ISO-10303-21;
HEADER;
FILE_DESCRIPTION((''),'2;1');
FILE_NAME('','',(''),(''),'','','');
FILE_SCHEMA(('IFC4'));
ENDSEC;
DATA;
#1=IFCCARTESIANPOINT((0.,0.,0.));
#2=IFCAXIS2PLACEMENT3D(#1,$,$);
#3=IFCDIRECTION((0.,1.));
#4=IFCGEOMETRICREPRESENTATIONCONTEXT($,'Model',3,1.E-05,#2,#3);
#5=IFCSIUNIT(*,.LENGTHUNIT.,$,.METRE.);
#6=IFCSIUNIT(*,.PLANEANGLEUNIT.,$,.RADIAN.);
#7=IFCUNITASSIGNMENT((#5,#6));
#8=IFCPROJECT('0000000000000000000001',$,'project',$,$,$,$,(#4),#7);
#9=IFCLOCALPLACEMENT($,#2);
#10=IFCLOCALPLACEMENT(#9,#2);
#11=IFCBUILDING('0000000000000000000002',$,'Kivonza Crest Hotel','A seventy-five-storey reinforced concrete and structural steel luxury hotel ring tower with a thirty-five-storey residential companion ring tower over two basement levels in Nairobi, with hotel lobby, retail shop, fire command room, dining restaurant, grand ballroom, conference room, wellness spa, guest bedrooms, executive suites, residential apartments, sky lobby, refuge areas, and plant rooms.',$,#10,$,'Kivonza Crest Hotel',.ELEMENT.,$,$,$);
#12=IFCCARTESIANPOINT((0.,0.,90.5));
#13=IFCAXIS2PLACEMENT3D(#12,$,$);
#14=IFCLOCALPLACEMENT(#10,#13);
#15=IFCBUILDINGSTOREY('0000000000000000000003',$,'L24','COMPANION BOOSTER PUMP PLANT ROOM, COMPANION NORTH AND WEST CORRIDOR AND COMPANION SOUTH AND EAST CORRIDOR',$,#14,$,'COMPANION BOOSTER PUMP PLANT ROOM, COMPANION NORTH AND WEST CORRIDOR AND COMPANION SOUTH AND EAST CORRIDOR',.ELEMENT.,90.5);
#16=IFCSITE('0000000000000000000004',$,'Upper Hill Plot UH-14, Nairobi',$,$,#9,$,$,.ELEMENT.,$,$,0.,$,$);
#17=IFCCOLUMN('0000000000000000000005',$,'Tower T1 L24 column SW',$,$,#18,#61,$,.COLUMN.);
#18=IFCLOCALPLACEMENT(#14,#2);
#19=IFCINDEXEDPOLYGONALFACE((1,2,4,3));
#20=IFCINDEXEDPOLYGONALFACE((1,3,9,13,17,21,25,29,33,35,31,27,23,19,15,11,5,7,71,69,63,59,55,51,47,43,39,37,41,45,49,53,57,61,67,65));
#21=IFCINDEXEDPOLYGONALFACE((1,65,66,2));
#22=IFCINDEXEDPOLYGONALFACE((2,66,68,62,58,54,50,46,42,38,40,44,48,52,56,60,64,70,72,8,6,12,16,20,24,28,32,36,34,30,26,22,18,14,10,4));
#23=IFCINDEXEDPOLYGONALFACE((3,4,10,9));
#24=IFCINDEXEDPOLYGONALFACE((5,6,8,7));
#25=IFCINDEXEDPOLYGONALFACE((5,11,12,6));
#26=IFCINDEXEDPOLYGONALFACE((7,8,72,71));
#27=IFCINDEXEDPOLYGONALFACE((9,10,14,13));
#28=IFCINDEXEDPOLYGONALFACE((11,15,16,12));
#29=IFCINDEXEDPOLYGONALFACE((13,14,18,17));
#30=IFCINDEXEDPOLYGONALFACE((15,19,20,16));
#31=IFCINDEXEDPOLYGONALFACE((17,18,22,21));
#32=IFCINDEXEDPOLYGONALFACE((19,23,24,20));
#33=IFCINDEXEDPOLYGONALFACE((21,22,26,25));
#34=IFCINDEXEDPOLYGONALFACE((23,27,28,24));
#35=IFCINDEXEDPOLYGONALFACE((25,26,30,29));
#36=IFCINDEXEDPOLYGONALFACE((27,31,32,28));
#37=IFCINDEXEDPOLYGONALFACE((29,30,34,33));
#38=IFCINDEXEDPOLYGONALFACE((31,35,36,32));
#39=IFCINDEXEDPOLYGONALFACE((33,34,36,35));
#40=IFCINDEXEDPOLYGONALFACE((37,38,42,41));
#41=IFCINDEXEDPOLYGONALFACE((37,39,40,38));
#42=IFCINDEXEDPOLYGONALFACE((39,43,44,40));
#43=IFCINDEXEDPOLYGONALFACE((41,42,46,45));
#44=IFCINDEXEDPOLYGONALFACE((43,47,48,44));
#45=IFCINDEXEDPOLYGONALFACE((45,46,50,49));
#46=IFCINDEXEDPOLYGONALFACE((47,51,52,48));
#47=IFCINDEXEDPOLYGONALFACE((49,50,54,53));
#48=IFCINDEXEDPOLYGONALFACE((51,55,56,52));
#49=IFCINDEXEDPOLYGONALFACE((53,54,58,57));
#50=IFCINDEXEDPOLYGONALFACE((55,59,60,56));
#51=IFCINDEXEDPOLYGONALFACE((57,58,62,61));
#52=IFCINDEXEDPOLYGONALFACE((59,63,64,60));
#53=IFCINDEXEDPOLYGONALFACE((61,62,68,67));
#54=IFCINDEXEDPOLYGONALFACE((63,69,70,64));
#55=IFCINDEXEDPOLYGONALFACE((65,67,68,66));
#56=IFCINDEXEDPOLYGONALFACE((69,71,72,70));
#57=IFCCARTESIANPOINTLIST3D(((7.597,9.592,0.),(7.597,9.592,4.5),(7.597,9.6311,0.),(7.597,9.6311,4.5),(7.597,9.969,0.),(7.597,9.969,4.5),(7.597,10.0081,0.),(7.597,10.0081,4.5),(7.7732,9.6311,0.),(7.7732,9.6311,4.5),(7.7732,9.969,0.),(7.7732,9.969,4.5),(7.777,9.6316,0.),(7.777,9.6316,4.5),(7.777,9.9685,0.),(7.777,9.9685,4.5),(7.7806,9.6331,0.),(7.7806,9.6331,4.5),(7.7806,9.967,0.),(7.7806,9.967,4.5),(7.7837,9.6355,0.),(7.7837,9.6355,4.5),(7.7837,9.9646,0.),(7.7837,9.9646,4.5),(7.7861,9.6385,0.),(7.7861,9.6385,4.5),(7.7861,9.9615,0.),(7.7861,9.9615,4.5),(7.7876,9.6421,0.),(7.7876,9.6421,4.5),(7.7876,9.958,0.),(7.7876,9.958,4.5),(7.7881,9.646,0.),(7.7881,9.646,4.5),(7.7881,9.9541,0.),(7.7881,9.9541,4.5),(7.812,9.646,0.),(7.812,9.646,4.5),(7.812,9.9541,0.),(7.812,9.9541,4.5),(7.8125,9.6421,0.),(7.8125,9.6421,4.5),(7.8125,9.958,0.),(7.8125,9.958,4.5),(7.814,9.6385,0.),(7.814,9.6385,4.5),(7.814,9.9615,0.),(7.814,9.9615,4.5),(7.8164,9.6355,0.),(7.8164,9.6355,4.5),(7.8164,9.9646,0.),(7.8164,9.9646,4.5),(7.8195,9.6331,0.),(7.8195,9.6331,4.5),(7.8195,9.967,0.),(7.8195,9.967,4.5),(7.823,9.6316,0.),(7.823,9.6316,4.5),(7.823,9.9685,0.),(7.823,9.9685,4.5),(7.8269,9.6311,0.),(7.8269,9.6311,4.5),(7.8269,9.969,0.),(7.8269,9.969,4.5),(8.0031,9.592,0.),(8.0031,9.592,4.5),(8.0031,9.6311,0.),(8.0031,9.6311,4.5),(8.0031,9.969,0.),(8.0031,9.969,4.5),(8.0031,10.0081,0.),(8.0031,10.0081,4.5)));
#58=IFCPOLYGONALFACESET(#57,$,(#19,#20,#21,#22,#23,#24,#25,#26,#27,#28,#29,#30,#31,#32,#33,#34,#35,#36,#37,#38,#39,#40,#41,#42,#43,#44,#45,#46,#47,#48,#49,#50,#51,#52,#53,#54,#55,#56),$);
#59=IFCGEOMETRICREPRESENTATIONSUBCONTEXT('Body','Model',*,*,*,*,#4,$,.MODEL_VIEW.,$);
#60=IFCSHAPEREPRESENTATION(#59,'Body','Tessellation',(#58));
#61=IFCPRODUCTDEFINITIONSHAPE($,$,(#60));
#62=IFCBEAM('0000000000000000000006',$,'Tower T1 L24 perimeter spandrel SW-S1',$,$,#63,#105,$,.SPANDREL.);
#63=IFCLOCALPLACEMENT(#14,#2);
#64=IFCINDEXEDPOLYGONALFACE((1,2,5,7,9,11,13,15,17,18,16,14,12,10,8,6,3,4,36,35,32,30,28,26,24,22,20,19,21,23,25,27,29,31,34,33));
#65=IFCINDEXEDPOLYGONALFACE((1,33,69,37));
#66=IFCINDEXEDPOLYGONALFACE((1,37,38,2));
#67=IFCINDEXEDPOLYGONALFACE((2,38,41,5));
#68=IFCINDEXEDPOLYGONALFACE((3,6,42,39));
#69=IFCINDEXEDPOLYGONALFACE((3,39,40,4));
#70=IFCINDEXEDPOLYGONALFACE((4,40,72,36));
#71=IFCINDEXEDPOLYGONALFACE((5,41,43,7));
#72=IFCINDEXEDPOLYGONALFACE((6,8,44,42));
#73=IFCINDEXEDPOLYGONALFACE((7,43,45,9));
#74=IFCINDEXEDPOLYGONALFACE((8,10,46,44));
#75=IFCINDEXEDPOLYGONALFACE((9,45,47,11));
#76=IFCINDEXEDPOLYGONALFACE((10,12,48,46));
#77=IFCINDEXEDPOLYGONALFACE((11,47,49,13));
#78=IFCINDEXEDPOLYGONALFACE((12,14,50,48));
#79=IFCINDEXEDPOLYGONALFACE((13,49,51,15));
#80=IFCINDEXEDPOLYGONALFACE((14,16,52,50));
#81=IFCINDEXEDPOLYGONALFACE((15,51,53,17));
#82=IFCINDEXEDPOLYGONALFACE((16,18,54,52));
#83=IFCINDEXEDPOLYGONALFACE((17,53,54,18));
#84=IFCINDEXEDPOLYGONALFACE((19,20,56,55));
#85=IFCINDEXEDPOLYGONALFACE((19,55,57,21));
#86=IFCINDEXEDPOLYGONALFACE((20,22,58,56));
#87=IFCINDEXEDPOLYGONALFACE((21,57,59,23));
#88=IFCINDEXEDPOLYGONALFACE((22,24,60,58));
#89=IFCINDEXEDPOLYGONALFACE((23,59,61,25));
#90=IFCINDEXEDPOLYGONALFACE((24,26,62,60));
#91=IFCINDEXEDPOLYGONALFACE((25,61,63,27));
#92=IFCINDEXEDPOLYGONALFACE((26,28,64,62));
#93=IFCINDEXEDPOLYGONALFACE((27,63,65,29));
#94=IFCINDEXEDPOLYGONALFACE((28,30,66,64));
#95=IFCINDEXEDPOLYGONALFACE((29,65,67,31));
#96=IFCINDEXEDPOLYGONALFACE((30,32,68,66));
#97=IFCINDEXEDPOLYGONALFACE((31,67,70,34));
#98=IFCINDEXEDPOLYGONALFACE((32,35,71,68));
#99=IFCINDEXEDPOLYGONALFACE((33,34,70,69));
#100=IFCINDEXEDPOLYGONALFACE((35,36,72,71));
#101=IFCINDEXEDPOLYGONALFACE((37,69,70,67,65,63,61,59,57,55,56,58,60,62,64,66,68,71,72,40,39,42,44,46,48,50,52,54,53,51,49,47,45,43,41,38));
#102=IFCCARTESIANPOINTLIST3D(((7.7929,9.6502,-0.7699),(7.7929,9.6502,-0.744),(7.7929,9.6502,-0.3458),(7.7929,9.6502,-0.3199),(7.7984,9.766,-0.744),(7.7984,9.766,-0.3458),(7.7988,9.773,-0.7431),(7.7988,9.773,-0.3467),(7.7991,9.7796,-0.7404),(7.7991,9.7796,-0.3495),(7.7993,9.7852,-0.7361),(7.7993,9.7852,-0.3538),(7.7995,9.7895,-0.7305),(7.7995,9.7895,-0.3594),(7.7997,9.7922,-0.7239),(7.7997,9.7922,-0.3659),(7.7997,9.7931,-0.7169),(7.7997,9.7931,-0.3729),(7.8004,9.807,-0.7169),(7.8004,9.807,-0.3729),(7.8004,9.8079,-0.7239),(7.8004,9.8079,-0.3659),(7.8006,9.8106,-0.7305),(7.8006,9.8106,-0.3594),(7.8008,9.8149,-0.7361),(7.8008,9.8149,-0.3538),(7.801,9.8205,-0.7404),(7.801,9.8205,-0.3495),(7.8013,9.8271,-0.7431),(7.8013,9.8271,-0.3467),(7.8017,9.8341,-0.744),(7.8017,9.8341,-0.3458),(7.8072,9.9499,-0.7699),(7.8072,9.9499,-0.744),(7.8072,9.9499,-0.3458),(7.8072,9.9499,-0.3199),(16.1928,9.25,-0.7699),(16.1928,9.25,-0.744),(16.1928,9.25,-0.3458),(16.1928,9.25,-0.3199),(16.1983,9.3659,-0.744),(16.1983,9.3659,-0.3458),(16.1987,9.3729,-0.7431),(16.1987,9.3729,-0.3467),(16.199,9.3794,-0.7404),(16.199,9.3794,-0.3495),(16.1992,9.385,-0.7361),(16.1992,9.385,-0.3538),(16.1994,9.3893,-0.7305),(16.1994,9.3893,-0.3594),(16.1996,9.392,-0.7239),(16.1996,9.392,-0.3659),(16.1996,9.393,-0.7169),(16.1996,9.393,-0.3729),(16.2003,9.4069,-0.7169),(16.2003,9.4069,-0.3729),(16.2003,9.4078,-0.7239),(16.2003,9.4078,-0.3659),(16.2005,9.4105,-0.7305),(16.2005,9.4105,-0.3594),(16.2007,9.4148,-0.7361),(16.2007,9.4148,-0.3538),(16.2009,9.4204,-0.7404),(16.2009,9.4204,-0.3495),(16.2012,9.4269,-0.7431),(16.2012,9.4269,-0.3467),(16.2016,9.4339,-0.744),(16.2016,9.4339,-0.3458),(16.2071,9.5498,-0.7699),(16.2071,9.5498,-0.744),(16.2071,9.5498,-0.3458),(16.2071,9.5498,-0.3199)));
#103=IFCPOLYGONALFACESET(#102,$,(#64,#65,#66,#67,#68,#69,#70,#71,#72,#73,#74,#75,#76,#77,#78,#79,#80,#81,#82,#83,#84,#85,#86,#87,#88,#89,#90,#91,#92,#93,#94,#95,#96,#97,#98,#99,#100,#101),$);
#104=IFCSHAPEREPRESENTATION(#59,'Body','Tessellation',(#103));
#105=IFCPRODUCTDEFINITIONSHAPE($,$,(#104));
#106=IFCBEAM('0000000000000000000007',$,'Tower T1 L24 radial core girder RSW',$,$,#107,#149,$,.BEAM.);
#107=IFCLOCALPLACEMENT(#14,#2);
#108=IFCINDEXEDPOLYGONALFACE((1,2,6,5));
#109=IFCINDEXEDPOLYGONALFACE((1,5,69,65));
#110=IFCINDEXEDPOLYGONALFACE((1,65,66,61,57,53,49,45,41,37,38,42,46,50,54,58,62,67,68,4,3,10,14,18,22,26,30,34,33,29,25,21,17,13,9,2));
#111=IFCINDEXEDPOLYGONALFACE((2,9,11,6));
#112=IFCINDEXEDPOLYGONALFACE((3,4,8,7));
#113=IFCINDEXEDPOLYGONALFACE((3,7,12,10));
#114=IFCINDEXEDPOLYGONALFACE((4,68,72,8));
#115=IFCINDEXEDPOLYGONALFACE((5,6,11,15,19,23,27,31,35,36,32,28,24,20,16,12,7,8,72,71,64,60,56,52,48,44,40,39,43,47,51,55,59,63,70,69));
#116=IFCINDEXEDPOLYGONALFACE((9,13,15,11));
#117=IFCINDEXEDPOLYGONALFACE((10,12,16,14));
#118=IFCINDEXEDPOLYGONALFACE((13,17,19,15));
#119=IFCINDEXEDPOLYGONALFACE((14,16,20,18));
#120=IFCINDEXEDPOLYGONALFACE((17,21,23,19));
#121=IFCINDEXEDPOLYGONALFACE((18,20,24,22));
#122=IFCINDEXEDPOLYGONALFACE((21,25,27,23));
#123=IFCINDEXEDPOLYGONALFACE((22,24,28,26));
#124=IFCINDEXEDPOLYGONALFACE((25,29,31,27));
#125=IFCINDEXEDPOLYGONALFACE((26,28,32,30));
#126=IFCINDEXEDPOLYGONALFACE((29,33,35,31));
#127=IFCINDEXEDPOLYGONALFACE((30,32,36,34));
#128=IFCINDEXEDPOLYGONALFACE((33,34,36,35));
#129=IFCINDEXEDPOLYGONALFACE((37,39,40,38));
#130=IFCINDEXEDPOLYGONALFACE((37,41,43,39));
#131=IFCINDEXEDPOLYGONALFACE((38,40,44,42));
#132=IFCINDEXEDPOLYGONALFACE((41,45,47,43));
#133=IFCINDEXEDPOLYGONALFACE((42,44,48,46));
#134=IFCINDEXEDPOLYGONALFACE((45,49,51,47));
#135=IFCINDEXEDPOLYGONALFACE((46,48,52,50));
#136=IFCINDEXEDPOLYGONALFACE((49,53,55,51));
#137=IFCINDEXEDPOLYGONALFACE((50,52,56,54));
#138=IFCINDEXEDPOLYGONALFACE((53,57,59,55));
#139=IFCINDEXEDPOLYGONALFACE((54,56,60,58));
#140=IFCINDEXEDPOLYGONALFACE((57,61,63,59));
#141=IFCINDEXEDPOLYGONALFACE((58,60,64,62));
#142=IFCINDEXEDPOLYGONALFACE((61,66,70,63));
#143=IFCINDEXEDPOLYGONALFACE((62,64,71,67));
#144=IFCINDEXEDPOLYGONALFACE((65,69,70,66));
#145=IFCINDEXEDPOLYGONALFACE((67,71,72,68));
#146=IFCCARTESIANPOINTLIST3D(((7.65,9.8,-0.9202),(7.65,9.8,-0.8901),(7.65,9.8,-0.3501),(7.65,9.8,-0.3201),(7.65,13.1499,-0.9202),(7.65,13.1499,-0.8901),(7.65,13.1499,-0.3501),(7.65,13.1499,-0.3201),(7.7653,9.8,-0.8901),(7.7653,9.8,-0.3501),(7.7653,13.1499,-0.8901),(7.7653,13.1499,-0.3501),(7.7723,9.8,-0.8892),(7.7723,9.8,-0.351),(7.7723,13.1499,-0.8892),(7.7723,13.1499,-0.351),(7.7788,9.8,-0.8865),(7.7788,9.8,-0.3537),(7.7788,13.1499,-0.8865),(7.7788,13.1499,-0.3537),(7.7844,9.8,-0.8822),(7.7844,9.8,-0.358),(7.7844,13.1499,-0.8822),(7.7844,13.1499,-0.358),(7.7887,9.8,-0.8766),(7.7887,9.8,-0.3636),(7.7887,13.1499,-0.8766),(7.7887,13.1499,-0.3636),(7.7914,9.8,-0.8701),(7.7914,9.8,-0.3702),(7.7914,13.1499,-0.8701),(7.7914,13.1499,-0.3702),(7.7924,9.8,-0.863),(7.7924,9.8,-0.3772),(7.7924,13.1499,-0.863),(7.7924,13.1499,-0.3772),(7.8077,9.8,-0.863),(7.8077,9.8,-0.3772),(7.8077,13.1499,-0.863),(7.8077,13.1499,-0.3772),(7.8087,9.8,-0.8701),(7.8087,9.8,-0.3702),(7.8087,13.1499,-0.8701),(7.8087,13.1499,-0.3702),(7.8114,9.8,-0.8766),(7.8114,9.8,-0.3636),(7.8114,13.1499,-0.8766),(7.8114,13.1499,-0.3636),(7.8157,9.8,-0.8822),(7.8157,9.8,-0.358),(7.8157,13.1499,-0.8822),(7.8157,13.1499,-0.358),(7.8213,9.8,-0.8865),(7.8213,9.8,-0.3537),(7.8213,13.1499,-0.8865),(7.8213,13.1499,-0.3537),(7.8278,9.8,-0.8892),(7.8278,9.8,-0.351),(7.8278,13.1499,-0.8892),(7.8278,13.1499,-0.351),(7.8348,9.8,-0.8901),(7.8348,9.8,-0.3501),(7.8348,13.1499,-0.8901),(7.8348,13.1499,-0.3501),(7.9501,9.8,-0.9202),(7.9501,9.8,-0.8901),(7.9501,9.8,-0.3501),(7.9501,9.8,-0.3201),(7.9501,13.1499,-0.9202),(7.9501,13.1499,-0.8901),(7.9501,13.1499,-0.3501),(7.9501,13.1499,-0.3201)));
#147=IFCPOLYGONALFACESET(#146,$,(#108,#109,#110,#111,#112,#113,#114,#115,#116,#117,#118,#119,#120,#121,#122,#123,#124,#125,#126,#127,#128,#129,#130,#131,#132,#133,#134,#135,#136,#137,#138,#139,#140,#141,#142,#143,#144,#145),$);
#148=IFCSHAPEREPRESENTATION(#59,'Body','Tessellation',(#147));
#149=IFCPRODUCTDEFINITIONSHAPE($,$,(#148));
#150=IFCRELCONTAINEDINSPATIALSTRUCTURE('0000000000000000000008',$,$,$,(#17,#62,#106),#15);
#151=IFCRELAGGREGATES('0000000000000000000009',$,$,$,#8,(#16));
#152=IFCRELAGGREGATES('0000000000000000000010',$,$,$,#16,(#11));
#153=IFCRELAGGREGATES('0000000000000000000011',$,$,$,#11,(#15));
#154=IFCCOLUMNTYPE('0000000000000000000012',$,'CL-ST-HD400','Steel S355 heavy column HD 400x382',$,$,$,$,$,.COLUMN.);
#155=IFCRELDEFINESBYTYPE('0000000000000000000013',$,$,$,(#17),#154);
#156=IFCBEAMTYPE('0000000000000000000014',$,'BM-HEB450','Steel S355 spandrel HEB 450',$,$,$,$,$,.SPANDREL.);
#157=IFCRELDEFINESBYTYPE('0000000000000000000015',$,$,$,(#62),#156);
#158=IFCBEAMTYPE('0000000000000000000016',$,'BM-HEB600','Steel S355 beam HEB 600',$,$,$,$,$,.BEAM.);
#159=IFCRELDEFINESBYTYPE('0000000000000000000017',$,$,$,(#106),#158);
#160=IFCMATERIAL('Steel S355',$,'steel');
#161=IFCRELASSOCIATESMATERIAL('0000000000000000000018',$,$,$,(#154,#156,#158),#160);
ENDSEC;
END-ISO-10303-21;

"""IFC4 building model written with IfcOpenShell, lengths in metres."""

from ifc_helpers import new_model, si_unit, direction, frame, origin, origin_2d, place, context, subcontext, project, spatial, i_section, extrude, material, material_profile, profile_set, type_object, element, save


model = new_model("IFC4")

# Units and contexts
model_context = context("Model", 3, precision=1e-05, world=origin(), true_north=direction((0.0, 1.0)))
body_context = subcontext(model_context, "Body", "Model", "MODEL_VIEW")
ifc_project = project(units=[si_unit("LENGTHUNIT", "METRE"), si_unit("PLANEANGLEUNIT", "RADIAN")], contexts=[model_context])

# Site, building, storey
site_placement = place(None, origin())
site = spatial("IfcSite", under=ifc_project, at=site_placement, Name="Upper Hill Plot UH-14, Nairobi", CompositionType="ELEMENT", RefElevation=0.0)
building_placement = place(site_placement, origin())
building = spatial("IfcBuilding", under=site, at=building_placement, Name="Kivonza Crest Hotel", Description="A seventy-five-storey reinforced concrete and structural steel luxury hotel ring tower with a thirty-five-storey residential companion ring tower over two basement levels in Nairobi, with hotel lobby, retail shop, fire command room, dining restaurant, grand ballroom, conference room, wellness spa, guest bedrooms, executive suites, residential apartments, sky lobby, refuge areas, and plant rooms.", LongName="Kivonza Crest Hotel", CompositionType="ELEMENT")
storey_placement = place(building_placement, frame((0.0, 0.0, 90.5)))
storey = spatial("IfcBuildingStorey", under=building, at=storey_placement, Name="L24", Description="COMPANION BOOSTER PUMP PLANT ROOM, COMPANION NORTH AND WEST CORRIDOR AND COMPANION SOUTH AND EAST CORRIDOR", LongName="COMPANION BOOSTER PUMP PLANT ROOM, COMPANION NORTH AND WEST CORRIDOR AND COMPANION SOUTH AND EAST CORRIDOR", CompositionType="ELEMENT", Elevation=90.5)

# Column
ifc_material_1 = material(Name="Steel S355", Category="steel")
ifc_material_profile_1 = material_profile(ifc_material_1, i_section(OverallWidth=0.406, OverallDepth=0.416, WebThickness=0.0239, FlangeThickness=0.0391, FilletRadius=0.0149, at=origin_2d()), Name="HD 400x382")
ifc_profile_set_1 = profile_set([ifc_material_profile_1], Name="Steel S355")
column_type = type_object("IfcColumnType", Name="CL-ST-HD400", Description="Steel S355 heavy column HD 400x382", PredefinedType="COLUMN", material=ifc_profile_set_1)
column_placement = place(storey_placement, frame((7.8, 9.8, 0.0), z_axis=(0.0, 0.0, 1.0), x_axis=(1.0, 0.0, 0.0)))
element("IfcColumn", 1, at=column_placement, inside=storey, type_object=column_type, Name="Tower T1 L24 column SW", PredefinedType="COLUMN", context=body_context, shape_type="SweptSolid", body=[
    extrude(i_section(OverallWidth=0.406, OverallDepth=0.416, WebThickness=0.0239, FlangeThickness=0.0391, FilletRadius=0.0149, at=origin_2d()), origin(), (0.0, 0.0, 1.0), 4.5),
])

# Beams
ifc_material_profile_2 = material_profile(ifc_material_1, i_section(OverallWidth=0.3, OverallDepth=0.45, WebThickness=0.0139, FlangeThickness=0.0259, FilletRadius=0.0271, at=origin_2d()), Name="HEB 450")
ifc_profile_set_2 = profile_set([ifc_material_profile_2], Name="Steel S355")
beam_type_1 = type_object("IfcBeamType", Name="BM-HEB450", Description="Steel S355 spandrel HEB 450", PredefinedType="SPANDREL", material=ifc_profile_set_2)
beam_1_placement = place(storey_placement, frame((7.8, 9.8, -0.5449), z_axis=(0.998867, -0.047583, 0.0), x_axis=(0.047583, 0.998867, 0.0)))
element("IfcBeam", 2, at=beam_1_placement, inside=storey, type_object=beam_type_1, Name="Tower T1 L24 perimeter spandrel SW-S1", PredefinedType="SPANDREL", context=body_context, shape_type="SweptSolid", body=[
    extrude(i_section(OverallWidth=0.3, OverallDepth=0.45, WebThickness=0.0139, FlangeThickness=0.0259, FilletRadius=0.0271, at=origin_2d()), origin(), (0.0, 0.0, 1.0), 8.4094),
])
ifc_material_profile_3 = material_profile(ifc_material_1, i_section(OverallWidth=0.3, OverallDepth=0.6001, WebThickness=0.0154, FlangeThickness=0.03, FilletRadius=0.0271, at=origin_2d()), Name="HEB 600")
ifc_profile_set_3 = profile_set([ifc_material_profile_3], Name="Steel S355")
beam_type_2 = type_object("IfcBeamType", Name="BM-HEB600", Description="Steel S355 beam HEB 600", PredefinedType="BEAM", material=ifc_profile_set_3)
beam_2_placement = place(storey_placement, frame((7.8, 9.8, -0.6201), z_axis=(0.0, 1.0, 0.0), x_axis=(-1.0, 0.0, 0.0)))
element("IfcBeam", 3, at=beam_2_placement, inside=storey, type_object=beam_type_2, Name="Tower T1 L24 radial core girder RSW", PredefinedType="BEAM", context=body_context, shape_type="SweptSolid", body=[
    extrude(i_section(OverallWidth=0.3, OverallDepth=0.6001, WebThickness=0.0154, FlangeThickness=0.03, FilletRadius=0.0271, at=origin_2d()), origin(), (0.0, 0.0, 1.0), 3.3499),
])

save(model, "model.ifc")
